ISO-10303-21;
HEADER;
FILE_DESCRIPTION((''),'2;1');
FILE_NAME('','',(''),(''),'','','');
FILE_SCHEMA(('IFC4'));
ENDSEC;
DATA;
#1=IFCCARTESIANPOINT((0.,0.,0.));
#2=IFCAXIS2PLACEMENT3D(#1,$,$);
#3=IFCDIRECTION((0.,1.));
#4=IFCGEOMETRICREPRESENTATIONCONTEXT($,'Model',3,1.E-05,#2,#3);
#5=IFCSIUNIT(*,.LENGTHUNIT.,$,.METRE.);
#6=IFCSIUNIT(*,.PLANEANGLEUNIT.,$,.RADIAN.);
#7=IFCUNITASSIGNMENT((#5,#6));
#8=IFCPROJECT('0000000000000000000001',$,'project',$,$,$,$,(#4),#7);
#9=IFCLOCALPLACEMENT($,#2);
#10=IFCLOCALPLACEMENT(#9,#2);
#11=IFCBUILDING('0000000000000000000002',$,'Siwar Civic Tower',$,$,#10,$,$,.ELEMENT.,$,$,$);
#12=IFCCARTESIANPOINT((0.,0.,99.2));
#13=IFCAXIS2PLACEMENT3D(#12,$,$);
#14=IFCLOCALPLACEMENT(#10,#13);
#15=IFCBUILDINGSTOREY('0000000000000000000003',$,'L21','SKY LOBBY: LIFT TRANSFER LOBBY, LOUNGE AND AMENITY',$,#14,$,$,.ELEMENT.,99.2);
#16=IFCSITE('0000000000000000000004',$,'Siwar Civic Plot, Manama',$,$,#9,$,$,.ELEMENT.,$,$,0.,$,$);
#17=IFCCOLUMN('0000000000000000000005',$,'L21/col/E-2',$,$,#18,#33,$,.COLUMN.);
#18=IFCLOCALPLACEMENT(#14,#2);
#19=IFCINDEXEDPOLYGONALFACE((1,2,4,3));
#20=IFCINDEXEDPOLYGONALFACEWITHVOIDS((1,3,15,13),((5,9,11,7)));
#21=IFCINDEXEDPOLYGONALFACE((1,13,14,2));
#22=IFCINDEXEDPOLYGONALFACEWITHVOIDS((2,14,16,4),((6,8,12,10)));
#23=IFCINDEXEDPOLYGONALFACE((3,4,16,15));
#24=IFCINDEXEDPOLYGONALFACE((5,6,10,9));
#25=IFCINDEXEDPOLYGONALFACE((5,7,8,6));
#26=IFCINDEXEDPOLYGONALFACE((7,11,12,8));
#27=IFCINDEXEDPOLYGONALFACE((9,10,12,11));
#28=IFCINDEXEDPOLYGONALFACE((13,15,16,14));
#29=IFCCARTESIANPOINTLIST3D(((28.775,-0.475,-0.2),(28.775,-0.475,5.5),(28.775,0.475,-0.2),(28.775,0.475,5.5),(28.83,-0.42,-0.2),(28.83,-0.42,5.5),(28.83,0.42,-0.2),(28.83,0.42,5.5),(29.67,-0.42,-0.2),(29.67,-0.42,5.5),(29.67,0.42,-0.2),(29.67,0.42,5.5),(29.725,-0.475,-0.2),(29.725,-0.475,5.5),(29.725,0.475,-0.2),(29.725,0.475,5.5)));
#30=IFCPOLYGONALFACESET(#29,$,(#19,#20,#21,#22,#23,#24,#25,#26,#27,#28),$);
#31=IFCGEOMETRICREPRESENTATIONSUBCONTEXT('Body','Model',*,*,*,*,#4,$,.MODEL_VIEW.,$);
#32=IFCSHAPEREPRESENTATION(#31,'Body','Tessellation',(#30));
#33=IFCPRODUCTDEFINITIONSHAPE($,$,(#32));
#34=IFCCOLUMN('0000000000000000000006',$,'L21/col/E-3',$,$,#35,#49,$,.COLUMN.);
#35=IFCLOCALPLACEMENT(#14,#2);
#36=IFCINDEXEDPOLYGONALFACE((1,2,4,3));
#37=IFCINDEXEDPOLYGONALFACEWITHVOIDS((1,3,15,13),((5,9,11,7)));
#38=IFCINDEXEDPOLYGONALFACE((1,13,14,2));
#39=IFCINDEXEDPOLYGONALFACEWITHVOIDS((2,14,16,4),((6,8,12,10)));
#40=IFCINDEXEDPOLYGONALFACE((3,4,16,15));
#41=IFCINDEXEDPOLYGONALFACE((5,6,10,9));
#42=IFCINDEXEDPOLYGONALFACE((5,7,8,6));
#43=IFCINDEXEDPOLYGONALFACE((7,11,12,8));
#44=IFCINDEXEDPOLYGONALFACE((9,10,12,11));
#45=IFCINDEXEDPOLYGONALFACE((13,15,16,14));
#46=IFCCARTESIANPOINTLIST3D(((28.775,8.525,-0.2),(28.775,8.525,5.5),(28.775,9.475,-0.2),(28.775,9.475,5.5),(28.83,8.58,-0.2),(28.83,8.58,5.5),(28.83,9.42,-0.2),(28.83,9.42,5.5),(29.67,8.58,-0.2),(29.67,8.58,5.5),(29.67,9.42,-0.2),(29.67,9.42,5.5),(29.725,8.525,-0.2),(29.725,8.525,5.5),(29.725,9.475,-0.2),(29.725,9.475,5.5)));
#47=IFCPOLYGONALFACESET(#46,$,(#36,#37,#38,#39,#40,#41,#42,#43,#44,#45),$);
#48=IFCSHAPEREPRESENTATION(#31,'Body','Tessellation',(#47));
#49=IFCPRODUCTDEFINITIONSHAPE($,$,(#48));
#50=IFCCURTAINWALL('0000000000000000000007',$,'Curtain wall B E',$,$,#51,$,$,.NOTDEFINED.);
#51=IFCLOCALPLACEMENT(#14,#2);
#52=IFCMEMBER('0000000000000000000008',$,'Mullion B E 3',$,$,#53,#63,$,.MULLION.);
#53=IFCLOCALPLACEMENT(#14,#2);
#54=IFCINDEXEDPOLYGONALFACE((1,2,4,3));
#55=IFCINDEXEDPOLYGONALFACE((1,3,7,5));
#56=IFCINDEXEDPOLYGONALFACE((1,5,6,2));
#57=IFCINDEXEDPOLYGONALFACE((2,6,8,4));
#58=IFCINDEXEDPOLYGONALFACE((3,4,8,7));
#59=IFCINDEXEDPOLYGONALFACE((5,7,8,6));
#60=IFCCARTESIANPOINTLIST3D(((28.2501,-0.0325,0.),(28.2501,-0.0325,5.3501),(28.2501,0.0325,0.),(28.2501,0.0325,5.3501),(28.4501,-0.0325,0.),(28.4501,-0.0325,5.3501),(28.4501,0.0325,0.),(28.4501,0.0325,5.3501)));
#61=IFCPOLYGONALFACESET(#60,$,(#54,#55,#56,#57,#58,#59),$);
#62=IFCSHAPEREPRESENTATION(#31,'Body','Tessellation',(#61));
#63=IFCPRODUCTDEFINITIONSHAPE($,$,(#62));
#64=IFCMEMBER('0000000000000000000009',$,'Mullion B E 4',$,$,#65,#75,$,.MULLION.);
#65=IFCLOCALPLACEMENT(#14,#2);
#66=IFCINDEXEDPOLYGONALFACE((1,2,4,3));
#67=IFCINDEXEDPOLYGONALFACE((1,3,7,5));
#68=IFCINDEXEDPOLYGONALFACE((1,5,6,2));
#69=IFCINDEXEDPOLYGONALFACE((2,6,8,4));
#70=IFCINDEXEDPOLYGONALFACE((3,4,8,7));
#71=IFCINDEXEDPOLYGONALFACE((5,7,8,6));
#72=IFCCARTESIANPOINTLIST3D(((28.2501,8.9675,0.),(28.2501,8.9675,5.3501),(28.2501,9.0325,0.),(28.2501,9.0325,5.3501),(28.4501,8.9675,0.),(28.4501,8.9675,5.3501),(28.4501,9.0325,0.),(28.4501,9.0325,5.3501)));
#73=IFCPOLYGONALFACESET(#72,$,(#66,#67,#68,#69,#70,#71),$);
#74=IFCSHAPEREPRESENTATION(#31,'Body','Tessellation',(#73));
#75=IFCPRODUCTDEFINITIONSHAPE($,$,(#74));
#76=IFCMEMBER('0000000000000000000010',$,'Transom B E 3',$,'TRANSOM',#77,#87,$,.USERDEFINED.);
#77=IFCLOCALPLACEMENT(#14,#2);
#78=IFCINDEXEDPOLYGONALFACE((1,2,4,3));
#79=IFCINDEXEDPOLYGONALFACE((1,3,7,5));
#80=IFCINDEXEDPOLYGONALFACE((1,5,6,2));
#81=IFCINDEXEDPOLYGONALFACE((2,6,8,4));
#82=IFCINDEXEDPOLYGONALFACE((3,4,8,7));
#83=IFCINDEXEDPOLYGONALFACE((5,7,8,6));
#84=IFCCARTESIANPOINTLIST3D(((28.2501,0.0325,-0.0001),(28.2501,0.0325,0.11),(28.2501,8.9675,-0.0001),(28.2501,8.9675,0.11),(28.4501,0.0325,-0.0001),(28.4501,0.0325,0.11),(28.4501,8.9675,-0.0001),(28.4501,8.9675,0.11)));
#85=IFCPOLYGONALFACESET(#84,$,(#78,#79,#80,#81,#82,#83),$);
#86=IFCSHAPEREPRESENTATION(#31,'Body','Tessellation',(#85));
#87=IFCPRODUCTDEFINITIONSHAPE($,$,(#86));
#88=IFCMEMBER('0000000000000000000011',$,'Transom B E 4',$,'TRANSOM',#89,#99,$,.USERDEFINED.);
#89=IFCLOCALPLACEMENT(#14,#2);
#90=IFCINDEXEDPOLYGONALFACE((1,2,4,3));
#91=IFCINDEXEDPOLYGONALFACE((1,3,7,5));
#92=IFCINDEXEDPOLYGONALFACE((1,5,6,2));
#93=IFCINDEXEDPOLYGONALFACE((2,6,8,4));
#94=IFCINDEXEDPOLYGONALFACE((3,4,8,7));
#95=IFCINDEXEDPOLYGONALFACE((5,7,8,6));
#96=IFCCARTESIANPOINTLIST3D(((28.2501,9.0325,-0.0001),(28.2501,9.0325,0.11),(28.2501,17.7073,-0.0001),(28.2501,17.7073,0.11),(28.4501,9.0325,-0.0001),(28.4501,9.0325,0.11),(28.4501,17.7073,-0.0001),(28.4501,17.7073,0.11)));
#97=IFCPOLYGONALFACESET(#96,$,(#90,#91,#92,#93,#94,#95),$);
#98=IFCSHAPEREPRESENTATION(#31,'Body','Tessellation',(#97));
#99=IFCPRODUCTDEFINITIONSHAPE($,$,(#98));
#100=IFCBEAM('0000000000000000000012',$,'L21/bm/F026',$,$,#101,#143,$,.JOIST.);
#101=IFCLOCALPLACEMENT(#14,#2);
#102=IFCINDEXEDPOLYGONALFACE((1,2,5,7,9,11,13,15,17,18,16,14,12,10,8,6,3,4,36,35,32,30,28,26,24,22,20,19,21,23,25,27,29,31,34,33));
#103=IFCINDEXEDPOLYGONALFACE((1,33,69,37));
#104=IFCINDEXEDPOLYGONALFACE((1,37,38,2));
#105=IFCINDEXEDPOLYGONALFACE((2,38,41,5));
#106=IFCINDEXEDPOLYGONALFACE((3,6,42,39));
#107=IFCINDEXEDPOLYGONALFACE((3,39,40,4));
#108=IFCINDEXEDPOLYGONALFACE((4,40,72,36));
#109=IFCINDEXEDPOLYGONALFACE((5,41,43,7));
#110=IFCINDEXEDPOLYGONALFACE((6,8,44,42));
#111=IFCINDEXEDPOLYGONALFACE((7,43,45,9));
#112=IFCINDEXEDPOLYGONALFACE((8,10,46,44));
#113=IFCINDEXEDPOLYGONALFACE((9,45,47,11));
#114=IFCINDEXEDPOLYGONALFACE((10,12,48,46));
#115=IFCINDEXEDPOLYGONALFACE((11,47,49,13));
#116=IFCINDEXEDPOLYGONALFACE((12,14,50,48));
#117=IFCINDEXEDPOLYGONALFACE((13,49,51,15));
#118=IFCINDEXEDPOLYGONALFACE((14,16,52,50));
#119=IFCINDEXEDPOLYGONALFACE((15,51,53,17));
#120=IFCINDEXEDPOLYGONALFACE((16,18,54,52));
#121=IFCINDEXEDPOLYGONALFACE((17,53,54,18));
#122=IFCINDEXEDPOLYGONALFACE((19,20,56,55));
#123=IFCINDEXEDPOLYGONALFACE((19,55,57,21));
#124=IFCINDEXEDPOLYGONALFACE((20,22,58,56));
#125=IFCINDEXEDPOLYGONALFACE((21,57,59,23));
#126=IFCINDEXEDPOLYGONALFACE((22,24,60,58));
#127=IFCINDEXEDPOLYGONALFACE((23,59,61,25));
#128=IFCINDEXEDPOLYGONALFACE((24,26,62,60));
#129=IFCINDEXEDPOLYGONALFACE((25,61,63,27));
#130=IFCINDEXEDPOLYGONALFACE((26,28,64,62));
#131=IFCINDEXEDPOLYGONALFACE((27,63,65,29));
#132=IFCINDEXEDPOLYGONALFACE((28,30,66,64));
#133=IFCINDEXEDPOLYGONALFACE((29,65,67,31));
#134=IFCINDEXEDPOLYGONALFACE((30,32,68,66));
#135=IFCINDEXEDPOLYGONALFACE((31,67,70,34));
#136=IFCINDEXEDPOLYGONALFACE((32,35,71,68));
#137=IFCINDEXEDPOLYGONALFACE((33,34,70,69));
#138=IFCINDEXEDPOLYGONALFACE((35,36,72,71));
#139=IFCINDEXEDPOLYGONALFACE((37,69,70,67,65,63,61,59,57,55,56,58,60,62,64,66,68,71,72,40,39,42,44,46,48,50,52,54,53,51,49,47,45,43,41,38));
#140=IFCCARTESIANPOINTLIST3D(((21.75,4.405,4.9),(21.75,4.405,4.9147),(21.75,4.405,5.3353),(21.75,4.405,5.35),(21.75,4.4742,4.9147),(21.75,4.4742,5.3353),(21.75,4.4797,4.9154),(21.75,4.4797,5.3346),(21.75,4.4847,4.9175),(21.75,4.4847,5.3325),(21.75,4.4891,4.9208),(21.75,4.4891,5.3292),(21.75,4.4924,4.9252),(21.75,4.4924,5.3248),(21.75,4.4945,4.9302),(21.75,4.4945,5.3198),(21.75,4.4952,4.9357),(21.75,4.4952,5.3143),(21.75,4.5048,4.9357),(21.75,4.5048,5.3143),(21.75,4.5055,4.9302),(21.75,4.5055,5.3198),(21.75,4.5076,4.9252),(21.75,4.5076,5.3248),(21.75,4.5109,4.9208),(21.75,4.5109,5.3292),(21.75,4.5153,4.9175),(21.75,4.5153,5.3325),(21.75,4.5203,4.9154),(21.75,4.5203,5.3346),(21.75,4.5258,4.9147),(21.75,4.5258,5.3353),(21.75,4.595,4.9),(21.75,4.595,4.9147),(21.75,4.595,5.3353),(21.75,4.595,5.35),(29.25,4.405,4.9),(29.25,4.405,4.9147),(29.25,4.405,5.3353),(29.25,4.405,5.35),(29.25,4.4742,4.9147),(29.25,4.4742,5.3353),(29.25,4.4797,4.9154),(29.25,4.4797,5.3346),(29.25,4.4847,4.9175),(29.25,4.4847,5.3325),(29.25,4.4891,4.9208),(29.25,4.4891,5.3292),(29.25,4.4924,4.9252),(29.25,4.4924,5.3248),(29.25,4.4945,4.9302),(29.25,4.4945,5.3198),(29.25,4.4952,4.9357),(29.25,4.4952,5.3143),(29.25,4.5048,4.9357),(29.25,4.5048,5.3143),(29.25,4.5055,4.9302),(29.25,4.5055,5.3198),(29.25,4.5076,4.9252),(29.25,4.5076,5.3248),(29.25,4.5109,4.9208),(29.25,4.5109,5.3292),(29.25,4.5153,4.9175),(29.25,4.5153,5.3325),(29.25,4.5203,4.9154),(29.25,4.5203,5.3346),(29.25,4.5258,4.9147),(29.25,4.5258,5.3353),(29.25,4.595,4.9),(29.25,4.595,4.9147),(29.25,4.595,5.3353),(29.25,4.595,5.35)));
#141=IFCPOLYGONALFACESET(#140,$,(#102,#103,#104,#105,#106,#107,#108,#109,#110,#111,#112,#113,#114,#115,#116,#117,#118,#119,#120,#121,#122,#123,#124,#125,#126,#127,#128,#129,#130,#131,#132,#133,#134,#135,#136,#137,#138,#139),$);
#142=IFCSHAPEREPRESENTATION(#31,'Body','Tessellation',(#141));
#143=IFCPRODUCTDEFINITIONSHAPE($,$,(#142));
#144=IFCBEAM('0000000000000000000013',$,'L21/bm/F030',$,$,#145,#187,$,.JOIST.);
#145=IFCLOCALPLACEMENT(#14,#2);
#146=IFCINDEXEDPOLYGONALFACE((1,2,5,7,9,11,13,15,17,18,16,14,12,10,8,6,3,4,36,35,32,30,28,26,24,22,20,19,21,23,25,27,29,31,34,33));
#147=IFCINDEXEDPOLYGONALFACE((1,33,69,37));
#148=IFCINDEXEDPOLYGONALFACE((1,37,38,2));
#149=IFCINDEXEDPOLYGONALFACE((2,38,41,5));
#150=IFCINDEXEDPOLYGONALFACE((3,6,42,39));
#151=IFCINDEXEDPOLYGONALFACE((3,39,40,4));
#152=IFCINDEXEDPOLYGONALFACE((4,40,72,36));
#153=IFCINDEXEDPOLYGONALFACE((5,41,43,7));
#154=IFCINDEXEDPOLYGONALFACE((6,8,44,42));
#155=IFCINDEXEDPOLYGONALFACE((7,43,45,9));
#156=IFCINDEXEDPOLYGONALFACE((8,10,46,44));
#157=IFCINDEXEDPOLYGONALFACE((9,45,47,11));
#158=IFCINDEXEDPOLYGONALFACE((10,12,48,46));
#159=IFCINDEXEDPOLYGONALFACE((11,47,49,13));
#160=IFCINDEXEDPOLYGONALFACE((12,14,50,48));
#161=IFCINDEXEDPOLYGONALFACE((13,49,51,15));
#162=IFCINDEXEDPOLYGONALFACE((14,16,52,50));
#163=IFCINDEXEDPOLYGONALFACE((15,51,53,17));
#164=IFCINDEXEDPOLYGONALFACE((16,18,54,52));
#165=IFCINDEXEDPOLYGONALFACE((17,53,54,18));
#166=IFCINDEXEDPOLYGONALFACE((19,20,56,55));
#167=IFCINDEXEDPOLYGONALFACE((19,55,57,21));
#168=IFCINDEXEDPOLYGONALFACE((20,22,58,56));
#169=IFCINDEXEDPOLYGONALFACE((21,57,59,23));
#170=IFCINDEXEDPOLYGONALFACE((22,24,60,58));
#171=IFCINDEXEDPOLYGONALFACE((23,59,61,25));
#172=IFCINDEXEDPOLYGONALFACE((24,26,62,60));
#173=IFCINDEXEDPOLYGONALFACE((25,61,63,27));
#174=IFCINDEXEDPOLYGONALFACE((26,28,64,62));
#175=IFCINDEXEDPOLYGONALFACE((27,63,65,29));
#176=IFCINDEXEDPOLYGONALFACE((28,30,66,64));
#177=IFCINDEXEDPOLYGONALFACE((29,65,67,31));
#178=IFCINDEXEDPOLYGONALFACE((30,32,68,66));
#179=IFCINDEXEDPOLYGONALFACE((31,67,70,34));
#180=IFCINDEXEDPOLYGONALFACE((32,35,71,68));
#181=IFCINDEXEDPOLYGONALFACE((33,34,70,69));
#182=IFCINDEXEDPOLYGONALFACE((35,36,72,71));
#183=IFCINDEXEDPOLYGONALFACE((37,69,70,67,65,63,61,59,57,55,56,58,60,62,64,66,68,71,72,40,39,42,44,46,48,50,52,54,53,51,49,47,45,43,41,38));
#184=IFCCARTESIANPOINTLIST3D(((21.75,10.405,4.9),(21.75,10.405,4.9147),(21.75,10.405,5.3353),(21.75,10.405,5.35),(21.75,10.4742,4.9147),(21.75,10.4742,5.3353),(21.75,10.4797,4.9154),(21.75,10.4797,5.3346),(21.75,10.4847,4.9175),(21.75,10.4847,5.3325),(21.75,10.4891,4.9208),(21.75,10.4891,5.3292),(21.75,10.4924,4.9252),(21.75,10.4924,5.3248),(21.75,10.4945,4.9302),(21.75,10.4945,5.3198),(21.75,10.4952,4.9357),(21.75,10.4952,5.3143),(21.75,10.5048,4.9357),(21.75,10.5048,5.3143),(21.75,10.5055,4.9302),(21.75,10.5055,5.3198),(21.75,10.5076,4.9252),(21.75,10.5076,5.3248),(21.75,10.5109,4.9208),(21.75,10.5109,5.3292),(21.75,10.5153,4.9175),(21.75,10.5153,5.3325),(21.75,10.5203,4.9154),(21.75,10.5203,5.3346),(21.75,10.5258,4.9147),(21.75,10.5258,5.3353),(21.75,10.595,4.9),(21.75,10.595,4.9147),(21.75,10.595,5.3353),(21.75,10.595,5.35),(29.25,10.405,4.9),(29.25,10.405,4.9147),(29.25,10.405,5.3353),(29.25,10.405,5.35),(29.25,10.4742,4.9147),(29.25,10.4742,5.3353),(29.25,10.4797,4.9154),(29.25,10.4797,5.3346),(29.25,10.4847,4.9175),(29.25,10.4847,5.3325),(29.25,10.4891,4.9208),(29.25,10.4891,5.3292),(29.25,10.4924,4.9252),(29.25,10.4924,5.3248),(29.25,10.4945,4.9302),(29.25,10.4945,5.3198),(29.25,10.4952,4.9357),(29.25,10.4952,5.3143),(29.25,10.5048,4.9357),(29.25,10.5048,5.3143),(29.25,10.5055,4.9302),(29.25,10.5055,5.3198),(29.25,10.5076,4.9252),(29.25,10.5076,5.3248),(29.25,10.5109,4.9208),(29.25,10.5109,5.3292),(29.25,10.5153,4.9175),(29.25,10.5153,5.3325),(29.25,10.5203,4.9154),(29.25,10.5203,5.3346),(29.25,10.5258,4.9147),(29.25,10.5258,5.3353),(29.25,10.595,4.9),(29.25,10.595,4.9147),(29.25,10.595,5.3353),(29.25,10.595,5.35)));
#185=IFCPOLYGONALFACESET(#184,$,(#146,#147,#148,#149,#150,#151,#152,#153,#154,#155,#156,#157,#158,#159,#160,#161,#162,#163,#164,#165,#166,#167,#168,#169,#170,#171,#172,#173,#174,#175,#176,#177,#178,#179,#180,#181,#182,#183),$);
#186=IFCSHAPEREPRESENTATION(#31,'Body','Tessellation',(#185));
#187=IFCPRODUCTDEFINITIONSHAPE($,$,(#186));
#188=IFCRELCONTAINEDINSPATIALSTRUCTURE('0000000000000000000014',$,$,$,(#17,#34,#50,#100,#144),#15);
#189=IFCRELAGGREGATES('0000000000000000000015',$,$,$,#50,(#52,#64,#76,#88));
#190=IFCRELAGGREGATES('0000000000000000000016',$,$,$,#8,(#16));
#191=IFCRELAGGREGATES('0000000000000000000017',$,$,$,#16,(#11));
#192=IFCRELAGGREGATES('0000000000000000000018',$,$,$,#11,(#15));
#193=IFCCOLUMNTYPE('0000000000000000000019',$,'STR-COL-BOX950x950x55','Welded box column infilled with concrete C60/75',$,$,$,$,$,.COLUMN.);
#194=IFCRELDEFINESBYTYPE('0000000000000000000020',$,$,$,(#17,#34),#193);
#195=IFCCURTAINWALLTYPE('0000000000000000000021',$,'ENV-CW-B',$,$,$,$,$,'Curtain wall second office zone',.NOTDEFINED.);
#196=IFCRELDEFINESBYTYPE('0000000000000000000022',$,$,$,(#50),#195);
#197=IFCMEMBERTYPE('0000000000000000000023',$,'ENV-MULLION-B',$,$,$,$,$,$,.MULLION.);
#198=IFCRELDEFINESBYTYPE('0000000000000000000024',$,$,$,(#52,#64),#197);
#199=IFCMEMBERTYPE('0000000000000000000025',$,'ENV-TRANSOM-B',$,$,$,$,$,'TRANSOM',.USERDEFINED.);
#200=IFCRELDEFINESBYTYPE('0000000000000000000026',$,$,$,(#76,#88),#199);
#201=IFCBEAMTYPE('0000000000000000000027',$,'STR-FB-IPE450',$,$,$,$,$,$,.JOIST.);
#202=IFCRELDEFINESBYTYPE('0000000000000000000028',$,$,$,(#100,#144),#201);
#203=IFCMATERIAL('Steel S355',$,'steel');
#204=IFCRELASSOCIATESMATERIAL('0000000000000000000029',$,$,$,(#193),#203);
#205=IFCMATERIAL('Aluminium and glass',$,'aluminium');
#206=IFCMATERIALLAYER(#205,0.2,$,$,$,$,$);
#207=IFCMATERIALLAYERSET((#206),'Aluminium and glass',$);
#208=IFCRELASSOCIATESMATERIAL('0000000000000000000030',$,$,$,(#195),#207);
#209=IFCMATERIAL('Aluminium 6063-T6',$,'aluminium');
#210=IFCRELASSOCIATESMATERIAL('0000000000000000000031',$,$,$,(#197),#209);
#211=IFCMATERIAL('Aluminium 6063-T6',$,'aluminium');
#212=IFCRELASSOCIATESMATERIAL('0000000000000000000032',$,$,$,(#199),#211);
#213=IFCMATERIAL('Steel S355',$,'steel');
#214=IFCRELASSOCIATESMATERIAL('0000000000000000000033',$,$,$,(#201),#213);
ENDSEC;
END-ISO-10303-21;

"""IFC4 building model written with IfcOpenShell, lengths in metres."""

from ifc_helpers import new_model, si_unit, direction, frame, origin, origin_2d, place, context, subcontext, project, spatial, rectangle, hollow_rectangle, i_section, extrude, material, layer, layer_set, material_profile, profile_set, type_object, element, aggregate, save


model = new_model("IFC4")

# Units and contexts
model_context = context("Model", 3, precision=1e-05, world=origin(), true_north=direction((0.0, 1.0)))
body_context = subcontext(model_context, "Body", "Model", "MODEL_VIEW")
ifc_project = project(units=[si_unit("LENGTHUNIT", "METRE"), si_unit("PLANEANGLEUNIT", "RADIAN")], contexts=[model_context])

# Site, building, storey
site_placement = place(None, origin())
site = spatial("IfcSite", under=ifc_project, at=site_placement, Name="Siwar Civic Plot, Manama", CompositionType="ELEMENT", RefElevation=0.0)
building_placement = place(site_placement, origin())
building = spatial("IfcBuilding", under=site, at=building_placement, Name="Siwar Civic Tower", CompositionType="ELEMENT")
storey_placement = place(building_placement, frame((0.0, 0.0, 99.2)))
storey = spatial("IfcBuildingStorey", under=building, at=storey_placement, Name="L21", Description="SKY LOBBY: LIFT TRANSFER LOBBY, LOUNGE AND AMENITY", CompositionType="ELEMENT", Elevation=99.2)

# Columns
ifc_material_1 = material(Name="Steel S355", Category="steel")
ifc_material_profile_1 = material_profile(ifc_material_1, hollow_rectangle(XDim=0.95, YDim=0.95, WallThickness=0.0549, at=origin_2d()), Name="BOX950x950x55")
ifc_profile_set_1 = profile_set([ifc_material_profile_1], Name="Steel S355")
column_type = type_object("IfcColumnType", Name="STR-COL-BOX950x950x55", Description="Welded box column infilled with concrete C60/75", PredefinedType="COLUMN", material=ifc_profile_set_1)
for number, where, z_axis, x_axis, name in (
    (1, (29.25, 0.0, -0.2), (0.0, 0.0, 1.0), (1.0, 0.0, 0.0), "L21/col/E-2"),
    (2, (29.25, 9.0, -0.2), (0.0, 0.0, 1.0), (1.0, 0.0, 0.0), "L21/col/E-3"),
):
    element("IfcColumn", number, at=place(storey_placement, frame(where, z_axis=z_axis, x_axis=x_axis)), inside=storey, type_object=column_type, Name=name, PredefinedType="COLUMN", context=body_context, shape_type="SweptSolid", body=[
        extrude(hollow_rectangle(XDim=0.95, YDim=0.95, WallThickness=0.0549, at=origin_2d()), origin(), (0.0, 0.0, 1.0), 5.7),
    ])

# Curtain wall, members
ifc_material_2 = material(Name="Aluminium and glass", Category="aluminium")
ifc_layer_1 = layer(ifc_material_2, 0.2)
ifc_layer_set_1 = layer_set([ifc_layer_1], Name="Aluminium and glass")
curtain_wall_type = type_object("IfcCurtainWallType", Name="ENV-CW-B", ElementType="Curtain wall second office zone", PredefinedType="NOTDEFINED", material=ifc_layer_set_1)
curtain_wall_placement = place(storey_placement, origin())
curtain_wall = element("IfcCurtainWall", 3, at=curtain_wall_placement, inside=storey, type_object=curtain_wall_type, Name="Curtain wall B E", PredefinedType="NOTDEFINED")
ifc_material_3 = material(Name="Aluminium 6063-T6", Category="aluminium")
ifc_material_profile_2 = material_profile(ifc_material_3, rectangle(XDim=0.2, YDim=0.0649, at=origin_2d()), Name="AL 200x65")
ifc_profile_set_2 = profile_set([ifc_material_profile_2], Name="Aluminium 6063-T6")
member_type_1 = type_object("IfcMemberType", Name="ENV-MULLION-B", PredefinedType="MULLION", material=ifc_profile_set_2)
member_1_placement = place(storey_placement, frame((28.3501, 0.0, 0.0), z_axis=(0.0, 0.0, 1.0), x_axis=(-1.0, 0.0, 0.0)))
member_1 = element("IfcMember", 4, at=member_1_placement, type_object=member_type_1, Name="Mullion B E 3", PredefinedType="MULLION", context=body_context, shape_type="SweptSolid", body=[
    extrude(rectangle(XDim=0.2, YDim=0.0649, at=origin_2d()), origin(), (0.0, 0.0, 1.0), 5.3501),
])
member_2_placement = place(storey_placement, frame((28.3501, 9.0, 0.0), z_axis=(0.0, 0.0, 1.0), x_axis=(-1.0, 0.0, 0.0)))
member_2 = element("IfcMember", 5, at=member_2_placement, type_object=member_type_1, Name="Mullion B E 4", PredefinedType="MULLION", context=body_context, shape_type="SweptSolid", body=[
    extrude(rectangle(XDim=0.2, YDim=0.0649, at=origin_2d()), origin(), (0.0, 0.0, 1.0), 5.3501),
])
ifc_material_4 = material(Name="Aluminium 6063-T6", Category="aluminium")
ifc_material_profile_3 = material_profile(ifc_material_4, rectangle(XDim=0.2, YDim=0.1101, at=origin_2d()), Name="AL 200x110")
ifc_profile_set_3 = profile_set([ifc_material_profile_3], Name="Aluminium 6063-T6")
member_type_2 = type_object("IfcMemberType", Name="ENV-TRANSOM-B", ElementType="TRANSOM", PredefinedType="USERDEFINED", material=ifc_profile_set_3)
member_3_placement = place(storey_placement, frame((28.3501, 0.0325, 0.0549), z_axis=(0.0, 1.0, 0.0), x_axis=(-1.0, 0.0, 0.0)))
member_3 = element("IfcMember", 6, at=member_3_placement, type_object=member_type_2, Name="Transom B E 3", ObjectType="TRANSOM", PredefinedType="USERDEFINED", context=body_context, shape_type="SweptSolid", body=[
    extrude(rectangle(XDim=0.2, YDim=0.1101, at=origin_2d()), origin(), (0.0, 0.0, 1.0), 8.9351),
])
member_4_placement = place(storey_placement, frame((28.3501, 9.0325, 0.0549), z_axis=(0.0, 1.0, 0.0), x_axis=(-1.0, 0.0, 0.0)))
member_4 = element("IfcMember", 7, at=member_4_placement, type_object=member_type_2, Name="Transom B E 4", ObjectType="TRANSOM", PredefinedType="USERDEFINED", context=body_context, shape_type="SweptSolid", body=[
    extrude(rectangle(XDim=0.2, YDim=0.1101, at=origin_2d()), origin(), (0.0, 0.0, 1.0), 8.6748),
])

# Beams
ifc_material_5 = material(Name="Steel S355", Category="steel")
ifc_material_profile_4 = material_profile(ifc_material_5, i_section(OverallWidth=0.1899, OverallDepth=0.45, WebThickness=0.0095, FlangeThickness=0.0146, FilletRadius=0.021, at=origin_2d()), Name="IPE450")
ifc_profile_set_4 = profile_set([ifc_material_profile_4], Name="Steel S355")
beam_type_1 = type_object("IfcBeamType", Name="STR-FB-IPE450", PredefinedType="JOIST", material=ifc_profile_set_4)
for number, where, z_axis, x_axis, name in (
    (8, (21.75, 4.5, 5.125), (1.0, 0.0, 0.0), (0.0, 1.0, 0.0), "L21/bm/F026"),
    (9, (21.75, 10.5, 5.125), (1.0, 0.0, 0.0), (0.0, 1.0, 0.0), "L21/bm/F030"),
):
    element("IfcBeam", number, at=place(storey_placement, frame(where, z_axis=z_axis, x_axis=x_axis)), inside=storey, type_object=beam_type_1, Name=name, PredefinedType="JOIST", context=body_context, shape_type="SweptSolid", body=[
        extrude(i_section(OverallWidth=0.1899, OverallDepth=0.45, WebThickness=0.0095, FlangeThickness=0.0146, FilletRadius=0.021, at=origin_2d()), origin(), (0.0, 0.0, 1.0), 7.5),
    ])

aggregate(curtain_wall, [member_1, member_2, member_3, member_4])

save(model, "model.ifc")
